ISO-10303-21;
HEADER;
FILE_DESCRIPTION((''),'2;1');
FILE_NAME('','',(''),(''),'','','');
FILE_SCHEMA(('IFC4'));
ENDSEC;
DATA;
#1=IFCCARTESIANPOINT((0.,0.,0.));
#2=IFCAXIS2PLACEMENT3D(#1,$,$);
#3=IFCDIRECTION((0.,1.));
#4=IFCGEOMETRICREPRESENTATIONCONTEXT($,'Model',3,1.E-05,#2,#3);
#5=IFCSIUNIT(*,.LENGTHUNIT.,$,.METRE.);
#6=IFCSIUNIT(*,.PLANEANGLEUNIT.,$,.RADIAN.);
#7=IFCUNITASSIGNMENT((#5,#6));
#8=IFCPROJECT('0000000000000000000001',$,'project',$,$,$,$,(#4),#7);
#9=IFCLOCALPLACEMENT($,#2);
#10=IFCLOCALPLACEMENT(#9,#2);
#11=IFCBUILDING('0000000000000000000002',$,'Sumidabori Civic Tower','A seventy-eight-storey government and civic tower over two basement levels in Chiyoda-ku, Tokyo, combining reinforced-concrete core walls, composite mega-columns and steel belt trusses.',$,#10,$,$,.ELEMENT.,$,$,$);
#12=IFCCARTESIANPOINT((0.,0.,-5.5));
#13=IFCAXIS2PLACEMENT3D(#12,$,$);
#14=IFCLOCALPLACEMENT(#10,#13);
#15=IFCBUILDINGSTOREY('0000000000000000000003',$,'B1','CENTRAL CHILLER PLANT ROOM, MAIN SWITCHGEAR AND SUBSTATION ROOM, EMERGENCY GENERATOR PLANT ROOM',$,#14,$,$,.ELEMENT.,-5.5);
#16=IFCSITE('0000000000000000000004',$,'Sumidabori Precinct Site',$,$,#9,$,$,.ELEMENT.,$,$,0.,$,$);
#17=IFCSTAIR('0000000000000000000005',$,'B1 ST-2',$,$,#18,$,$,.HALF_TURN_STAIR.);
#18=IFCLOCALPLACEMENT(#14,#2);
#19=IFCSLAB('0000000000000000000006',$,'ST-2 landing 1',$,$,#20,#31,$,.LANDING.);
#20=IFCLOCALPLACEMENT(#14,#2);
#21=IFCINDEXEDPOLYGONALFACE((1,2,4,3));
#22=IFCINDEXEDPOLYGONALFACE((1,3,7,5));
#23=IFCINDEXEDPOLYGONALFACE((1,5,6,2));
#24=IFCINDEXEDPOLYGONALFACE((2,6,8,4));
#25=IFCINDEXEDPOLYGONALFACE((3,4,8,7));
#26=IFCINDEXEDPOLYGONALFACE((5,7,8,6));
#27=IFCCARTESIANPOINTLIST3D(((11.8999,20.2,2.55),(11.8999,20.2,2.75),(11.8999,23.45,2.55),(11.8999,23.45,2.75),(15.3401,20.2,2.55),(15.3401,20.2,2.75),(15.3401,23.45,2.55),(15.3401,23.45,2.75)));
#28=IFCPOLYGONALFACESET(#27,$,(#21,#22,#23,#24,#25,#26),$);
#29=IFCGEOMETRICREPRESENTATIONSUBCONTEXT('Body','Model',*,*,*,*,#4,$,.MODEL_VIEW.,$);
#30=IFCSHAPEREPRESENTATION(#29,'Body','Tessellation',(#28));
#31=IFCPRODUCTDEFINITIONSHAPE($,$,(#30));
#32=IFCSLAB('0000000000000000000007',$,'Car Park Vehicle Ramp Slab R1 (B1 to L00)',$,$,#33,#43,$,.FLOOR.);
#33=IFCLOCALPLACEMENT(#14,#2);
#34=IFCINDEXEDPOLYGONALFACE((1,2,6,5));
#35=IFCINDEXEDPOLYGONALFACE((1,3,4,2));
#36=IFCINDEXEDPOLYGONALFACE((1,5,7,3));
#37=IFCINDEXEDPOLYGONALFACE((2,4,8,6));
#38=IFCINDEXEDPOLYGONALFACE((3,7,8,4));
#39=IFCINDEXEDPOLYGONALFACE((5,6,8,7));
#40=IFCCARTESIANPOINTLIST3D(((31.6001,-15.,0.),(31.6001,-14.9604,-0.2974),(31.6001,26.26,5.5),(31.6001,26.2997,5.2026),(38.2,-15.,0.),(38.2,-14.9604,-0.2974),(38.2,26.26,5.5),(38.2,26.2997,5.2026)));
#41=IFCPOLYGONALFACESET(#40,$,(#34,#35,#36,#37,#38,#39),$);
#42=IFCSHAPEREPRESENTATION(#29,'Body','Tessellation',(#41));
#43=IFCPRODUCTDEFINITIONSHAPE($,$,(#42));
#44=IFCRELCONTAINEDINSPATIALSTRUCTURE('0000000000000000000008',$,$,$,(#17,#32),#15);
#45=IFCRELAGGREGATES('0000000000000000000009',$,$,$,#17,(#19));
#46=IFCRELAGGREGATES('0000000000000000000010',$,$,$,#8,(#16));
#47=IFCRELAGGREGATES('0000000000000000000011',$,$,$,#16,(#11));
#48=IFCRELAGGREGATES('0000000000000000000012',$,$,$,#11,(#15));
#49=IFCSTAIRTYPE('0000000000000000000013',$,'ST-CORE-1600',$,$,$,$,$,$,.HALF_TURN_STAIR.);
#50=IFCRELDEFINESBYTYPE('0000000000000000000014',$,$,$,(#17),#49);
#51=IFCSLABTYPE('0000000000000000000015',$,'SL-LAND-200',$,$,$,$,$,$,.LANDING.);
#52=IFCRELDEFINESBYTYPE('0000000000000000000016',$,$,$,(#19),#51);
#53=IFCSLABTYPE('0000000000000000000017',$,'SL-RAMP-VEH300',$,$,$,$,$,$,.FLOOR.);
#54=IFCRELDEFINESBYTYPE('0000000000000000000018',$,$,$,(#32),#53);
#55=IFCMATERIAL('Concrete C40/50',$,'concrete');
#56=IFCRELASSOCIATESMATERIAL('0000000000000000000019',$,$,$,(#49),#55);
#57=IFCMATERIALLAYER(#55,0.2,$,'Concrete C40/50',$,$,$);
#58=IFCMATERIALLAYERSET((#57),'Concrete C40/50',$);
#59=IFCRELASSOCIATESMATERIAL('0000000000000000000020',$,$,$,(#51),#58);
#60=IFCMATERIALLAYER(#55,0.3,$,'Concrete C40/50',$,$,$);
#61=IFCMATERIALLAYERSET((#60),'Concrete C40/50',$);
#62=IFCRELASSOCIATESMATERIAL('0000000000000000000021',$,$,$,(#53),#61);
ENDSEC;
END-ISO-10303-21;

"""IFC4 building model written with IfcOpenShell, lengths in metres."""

from ifc_helpers import new_model, si_unit, direction, frame, origin, place, context, subcontext, project, spatial, polyline, outline, extrude, material, layer, layer_set, type_object, element, aggregate, save


model = new_model("IFC4")

# Units and contexts
model_context = context("Model", 3, precision=1e-05, world=origin(), true_north=direction((0.0, 1.0)))
body_context = subcontext(model_context, "Body", "Model", "MODEL_VIEW")
ifc_project = project(units=[si_unit("LENGTHUNIT", "METRE"), si_unit("PLANEANGLEUNIT", "RADIAN")], contexts=[model_context])

# Site, building, storey
site_placement = place(None, origin())
site = spatial("IfcSite", under=ifc_project, at=site_placement, Name="Sumidabori Precinct Site", CompositionType="ELEMENT", RefElevation=0.0)
building_placement = place(site_placement, origin())
building = spatial("IfcBuilding", under=site, at=building_placement, Name="Sumidabori Civic Tower", Description="A seventy-eight-storey government and civic tower over two basement levels in Chiyoda-ku, Tokyo, combining reinforced-concrete core walls, composite mega-columns and steel belt trusses.", CompositionType="ELEMENT")
storey_placement = place(building_placement, frame((0.0, 0.0, -5.5)))
storey = spatial("IfcBuildingStorey", under=building, at=storey_placement, Name="B1", Description="CENTRAL CHILLER PLANT ROOM, MAIN SWITCHGEAR AND SUBSTATION ROOM, EMERGENCY GENERATOR PLANT ROOM", CompositionType="ELEMENT", Elevation=-5.5)

# Shared definitions
ifc_material_1 = material(Name="Concrete C40/50", Category="concrete")

# Stair, slab
stair_type = type_object("IfcStairType", Name="ST-CORE-1600", PredefinedType="HALF_TURN_STAIR", material=ifc_material_1)
ifc_layer_1 = layer(ifc_material_1, 0.2, Name="Concrete C40/50")
ifc_layer_set_1 = layer_set([ifc_layer_1], Name="Concrete C40/50")
slab_type_1 = type_object("IfcSlabType", Name="SL-LAND-200", PredefinedType="LANDING", material=ifc_layer_set_1)
stair_1_placement = place(storey_placement, origin())
stair_1 = element("IfcStair", 1, at=stair_1_placement, inside=storey, type_object=stair_type, Name="B1 ST-2", PredefinedType="HALF_TURN_STAIR")
slab_1_placement = place(storey_placement, frame((0.0, 0.0, 2.55)))
slab_1 = element("IfcSlab", 2, at=slab_1_placement, type_object=slab_type_1, Name="ST-2 landing 1", PredefinedType="LANDING", context=body_context, shape_type="SweptSolid", body=[
    extrude(outline(polyline([(15.3401, 20.2), (15.3401, 23.45), (11.8999, 23.45), (11.8999, 20.2), (15.3401, 20.2)])), origin(), (0.0, 0.0, 1.0), 0.2),
])
aggregate(stair_1, [slab_1])

# Slab
ifc_layer_2 = layer(ifc_material_1, 0.3, Name="Concrete C40/50")
ifc_layer_set_2 = layer_set([ifc_layer_2], Name="Concrete C40/50")
slab_type_2 = type_object("IfcSlabType", Name="SL-RAMP-VEH300", PredefinedType="FLOOR", material=ifc_layer_set_2)
slab_2_placement = place(storey_placement, frame((31.6001, -15.0, 0.0), z_axis=(0.0, -0.132132, 0.991232), x_axis=(1.0, 0.0, 0.0)))
element("IfcSlab", 3, at=slab_2_placement, inside=storey, type_object=slab_type_2, Name="Car Park Vehicle Ramp Slab R1 (B1 to L00)", PredefinedType="FLOOR", context=body_context, shape_type="SweptSolid", body=[
    extrude(outline(polyline([(0.0, 0.0), (6.5999, 0.0), (6.5999, 41.625), (0.0, 41.625), (0.0, 0.0)])), origin(), (0.0, 0.0, -1.0), 0.3),
])

save(model, "model.ifc")
